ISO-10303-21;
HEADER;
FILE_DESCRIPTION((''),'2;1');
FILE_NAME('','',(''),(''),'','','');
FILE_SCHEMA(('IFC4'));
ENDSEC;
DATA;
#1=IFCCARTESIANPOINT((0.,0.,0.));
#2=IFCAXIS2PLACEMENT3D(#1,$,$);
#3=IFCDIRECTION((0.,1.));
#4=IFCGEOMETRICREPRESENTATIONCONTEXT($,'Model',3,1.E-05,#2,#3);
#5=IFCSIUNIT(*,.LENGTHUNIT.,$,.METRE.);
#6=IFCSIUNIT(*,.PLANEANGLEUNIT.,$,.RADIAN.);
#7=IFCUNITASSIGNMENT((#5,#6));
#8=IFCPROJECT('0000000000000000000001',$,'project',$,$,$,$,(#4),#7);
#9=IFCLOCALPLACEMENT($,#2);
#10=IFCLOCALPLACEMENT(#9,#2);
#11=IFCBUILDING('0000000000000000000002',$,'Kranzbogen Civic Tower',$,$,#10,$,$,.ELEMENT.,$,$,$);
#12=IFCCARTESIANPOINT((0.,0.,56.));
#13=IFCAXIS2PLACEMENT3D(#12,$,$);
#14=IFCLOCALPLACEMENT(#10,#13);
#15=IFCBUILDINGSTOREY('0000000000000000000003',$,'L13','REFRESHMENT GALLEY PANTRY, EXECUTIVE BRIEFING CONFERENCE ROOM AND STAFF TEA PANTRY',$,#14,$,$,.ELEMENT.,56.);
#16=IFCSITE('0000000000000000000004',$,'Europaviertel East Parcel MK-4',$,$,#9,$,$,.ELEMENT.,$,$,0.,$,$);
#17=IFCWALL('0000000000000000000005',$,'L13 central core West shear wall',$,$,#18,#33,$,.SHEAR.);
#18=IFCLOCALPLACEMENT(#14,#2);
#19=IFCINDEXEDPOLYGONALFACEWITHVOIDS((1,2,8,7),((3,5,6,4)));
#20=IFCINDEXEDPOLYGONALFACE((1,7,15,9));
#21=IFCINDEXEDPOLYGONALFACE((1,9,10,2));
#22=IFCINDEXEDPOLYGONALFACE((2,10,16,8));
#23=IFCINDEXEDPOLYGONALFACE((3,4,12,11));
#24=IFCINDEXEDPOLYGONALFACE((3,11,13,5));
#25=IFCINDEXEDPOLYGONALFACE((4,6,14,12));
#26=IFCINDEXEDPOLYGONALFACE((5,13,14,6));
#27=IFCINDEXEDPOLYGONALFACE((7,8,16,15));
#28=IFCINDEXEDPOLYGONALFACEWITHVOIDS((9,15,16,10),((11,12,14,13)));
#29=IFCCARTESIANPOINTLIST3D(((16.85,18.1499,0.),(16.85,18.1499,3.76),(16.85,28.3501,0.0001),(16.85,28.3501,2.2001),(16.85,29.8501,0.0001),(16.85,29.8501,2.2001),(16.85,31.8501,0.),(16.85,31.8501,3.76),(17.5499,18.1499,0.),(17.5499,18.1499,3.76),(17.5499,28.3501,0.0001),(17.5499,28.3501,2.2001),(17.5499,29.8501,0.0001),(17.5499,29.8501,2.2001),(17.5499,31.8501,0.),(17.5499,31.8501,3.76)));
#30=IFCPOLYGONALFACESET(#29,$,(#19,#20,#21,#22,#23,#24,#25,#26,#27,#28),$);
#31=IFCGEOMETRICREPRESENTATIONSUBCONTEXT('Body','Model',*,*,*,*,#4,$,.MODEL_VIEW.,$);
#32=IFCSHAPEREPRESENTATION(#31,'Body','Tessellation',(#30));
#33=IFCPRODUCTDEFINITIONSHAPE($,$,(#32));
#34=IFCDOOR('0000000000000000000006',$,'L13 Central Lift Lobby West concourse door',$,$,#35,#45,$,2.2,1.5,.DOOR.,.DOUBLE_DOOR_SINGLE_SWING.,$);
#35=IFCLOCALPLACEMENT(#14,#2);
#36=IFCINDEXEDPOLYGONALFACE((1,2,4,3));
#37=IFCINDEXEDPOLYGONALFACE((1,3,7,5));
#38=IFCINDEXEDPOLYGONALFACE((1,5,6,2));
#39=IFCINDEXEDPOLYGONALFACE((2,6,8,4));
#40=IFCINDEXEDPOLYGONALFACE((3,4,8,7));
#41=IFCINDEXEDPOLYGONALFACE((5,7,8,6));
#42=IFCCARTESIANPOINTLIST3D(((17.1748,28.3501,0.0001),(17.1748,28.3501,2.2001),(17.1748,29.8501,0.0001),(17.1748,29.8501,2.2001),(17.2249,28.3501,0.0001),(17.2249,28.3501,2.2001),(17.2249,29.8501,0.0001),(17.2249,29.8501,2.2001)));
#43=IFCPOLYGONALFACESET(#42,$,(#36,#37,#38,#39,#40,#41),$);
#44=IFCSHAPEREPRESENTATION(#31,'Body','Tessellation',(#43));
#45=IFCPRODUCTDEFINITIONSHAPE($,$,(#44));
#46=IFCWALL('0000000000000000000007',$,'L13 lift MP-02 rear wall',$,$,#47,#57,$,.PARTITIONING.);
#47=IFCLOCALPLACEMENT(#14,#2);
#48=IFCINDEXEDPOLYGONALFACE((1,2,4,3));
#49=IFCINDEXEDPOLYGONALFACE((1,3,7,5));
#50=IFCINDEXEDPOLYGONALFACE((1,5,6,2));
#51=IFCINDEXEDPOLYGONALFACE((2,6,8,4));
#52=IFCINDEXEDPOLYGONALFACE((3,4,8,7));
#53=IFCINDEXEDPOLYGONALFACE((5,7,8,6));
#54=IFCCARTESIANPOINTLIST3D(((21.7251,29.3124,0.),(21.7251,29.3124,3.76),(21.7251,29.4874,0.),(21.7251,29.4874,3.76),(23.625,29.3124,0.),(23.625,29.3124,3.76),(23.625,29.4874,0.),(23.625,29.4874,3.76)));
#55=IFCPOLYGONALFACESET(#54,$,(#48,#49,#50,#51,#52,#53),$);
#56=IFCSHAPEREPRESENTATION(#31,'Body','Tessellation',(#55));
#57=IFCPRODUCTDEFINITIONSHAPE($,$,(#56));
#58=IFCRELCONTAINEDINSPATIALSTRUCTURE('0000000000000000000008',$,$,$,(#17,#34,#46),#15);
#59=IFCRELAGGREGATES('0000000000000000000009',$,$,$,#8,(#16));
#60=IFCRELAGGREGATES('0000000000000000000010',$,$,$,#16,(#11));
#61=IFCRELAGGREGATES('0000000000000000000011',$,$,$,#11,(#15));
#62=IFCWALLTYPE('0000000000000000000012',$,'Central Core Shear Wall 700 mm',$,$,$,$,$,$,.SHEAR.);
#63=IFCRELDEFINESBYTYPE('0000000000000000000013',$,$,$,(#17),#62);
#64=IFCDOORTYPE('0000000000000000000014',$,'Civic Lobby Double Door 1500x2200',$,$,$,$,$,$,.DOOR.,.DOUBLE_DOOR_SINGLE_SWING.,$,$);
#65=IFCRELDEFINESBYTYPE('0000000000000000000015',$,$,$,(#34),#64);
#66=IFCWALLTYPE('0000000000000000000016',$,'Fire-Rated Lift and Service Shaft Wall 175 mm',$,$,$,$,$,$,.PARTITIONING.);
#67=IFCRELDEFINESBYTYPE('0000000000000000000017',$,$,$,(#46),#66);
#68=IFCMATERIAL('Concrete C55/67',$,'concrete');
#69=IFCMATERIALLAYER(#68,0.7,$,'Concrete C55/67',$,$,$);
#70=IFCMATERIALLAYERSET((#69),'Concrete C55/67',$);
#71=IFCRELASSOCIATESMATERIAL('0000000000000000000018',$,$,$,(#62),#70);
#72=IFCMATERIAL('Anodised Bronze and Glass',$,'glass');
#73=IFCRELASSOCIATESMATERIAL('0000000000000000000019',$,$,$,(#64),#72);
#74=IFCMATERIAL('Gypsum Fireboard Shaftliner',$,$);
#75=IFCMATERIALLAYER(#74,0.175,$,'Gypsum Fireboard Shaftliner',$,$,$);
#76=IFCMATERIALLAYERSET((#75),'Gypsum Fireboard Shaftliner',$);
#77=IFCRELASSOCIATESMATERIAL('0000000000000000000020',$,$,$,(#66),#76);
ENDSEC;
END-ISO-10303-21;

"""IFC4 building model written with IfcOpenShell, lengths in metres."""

from ifc_helpers import new_model, si_unit, direction, frame, frame_2d, origin, place, context, subcontext, project, spatial, rectangle, extrude, material, layer, layer_set, type_object, element, fill, save


model = new_model("IFC4")

# Units and contexts
model_context = context("Model", 3, precision=1e-05, world=origin(), true_north=direction((0.0, 1.0)))
body_context = subcontext(model_context, "Body", "Model", "MODEL_VIEW")
ifc_project = project(units=[si_unit("LENGTHUNIT", "METRE"), si_unit("PLANEANGLEUNIT", "RADIAN")], contexts=[model_context])

# Site, building, storey
site_placement = place(None, origin())
site = spatial("IfcSite", under=ifc_project, at=site_placement, Name="Europaviertel East Parcel MK-4", CompositionType="ELEMENT", RefElevation=0.0)
building_placement = place(site_placement, origin())
building = spatial("IfcBuilding", under=site, at=building_placement, Name="Kranzbogen Civic Tower", CompositionType="ELEMENT")
storey_placement = place(building_placement, frame((0.0, 0.0, 56.0)))
storey = spatial("IfcBuildingStorey", under=building, at=storey_placement, Name="L13", Description="REFRESHMENT GALLEY PANTRY, EXECUTIVE BRIEFING CONFERENCE ROOM AND STAFF TEA PANTRY", CompositionType="ELEMENT", Elevation=56.0)

# Wall, opening, door
ifc_material_1 = material(Name="Concrete C55/67", Category="concrete")
ifc_layer_1 = layer(ifc_material_1, 0.7, Name="Concrete C55/67")
ifc_layer_set_1 = layer_set([ifc_layer_1], Name="Concrete C55/67")
wall_type_1 = type_object("IfcWallType", Name="Central Core Shear Wall 700 mm", PredefinedType="SHEAR", material=ifc_layer_set_1)
wall_1_placement = place(storey_placement, frame((17.2, 31.8501, 0.0), z_axis=(0.0, 0.0, 1.0), x_axis=(0.0, -1.0, 0.0)))
wall_1 = element("IfcWall", 1, at=wall_1_placement, inside=storey, type_object=wall_type_1, Name="L13 central core West shear wall", PredefinedType="SHEAR", context=body_context, shape_type="SweptSolid", body=[
    extrude(rectangle(XDim=13.7002, YDim=0.7, at=frame_2d((6.8501, 0.0))), origin(), (0.0, 0.0, 1.0), 3.76),
])
opening_1_placement = place(wall_1_placement, frame((2.0, 0.0, 0.0)))
opening_1 = element("IfcOpeningElement", 2, at=opening_1_placement, cuts=wall_1, PredefinedType="OPENING", context=body_context, shape_type="SweptSolid", body=[
    extrude(rectangle(XDim=1.5, YDim=2.2, at=frame_2d((0.75, 1.1001))), frame((0.0, 0.3599, 0.0), z_axis=(0.0, -1.0, 0.0), x_axis=(1.0, 0.0, 0.0)), (0.0, 0.0, 1.0), 0.72),
])
ifc_material_2 = material(Name="Anodised Bronze and Glass", Category="glass")
door_type_1 = type_object("IfcDoorType", Name="Civic Lobby Double Door 1500x2200", OperationType="DOUBLE_DOOR_SINGLE_SWING", PredefinedType="DOOR", material=ifc_material_2)
door_1_placement = place(opening_1_placement, origin())
door_1 = element("IfcDoor", 3, at=door_1_placement, inside=storey, type_object=door_type_1, Name="L13 Central Lift Lobby West concourse door", OperationType="DOUBLE_DOOR_SINGLE_SWING", OverallHeight=2.2, OverallWidth=1.5, PredefinedType="DOOR", context=body_context, shape_type="SweptSolid", body=[
    extrude(rectangle(XDim=1.5, YDim=2.2, at=frame_2d((0.75, 1.1001))), frame((0.0, 0.0249, 0.0), z_axis=(0.0, -1.0, 0.0), x_axis=(1.0, 0.0, 0.0)), (0.0, 0.0, 1.0), 0.05),
])
fill(opening_1, door_1)

# Wall
ifc_material_3 = material(Name="Gypsum Fireboard Shaftliner")
ifc_layer_2 = layer(ifc_material_3, 0.175, Name="Gypsum Fireboard Shaftliner")
ifc_layer_set_2 = layer_set([ifc_layer_2], Name="Gypsum Fireboard Shaftliner")
wall_type_2 = type_object("IfcWallType", Name="Fire-Rated Lift and Service Shaft Wall 175 mm", PredefinedType="PARTITIONING", material=ifc_layer_set_2)
wall_2_placement = place(storey_placement, frame((21.7251, 29.3999, 0.0), z_axis=(0.0, 0.0, 1.0), x_axis=(1.0, 0.0, 0.0)))
element("IfcWall", 4, at=wall_2_placement, inside=storey, type_object=wall_type_2, Name="L13 lift MP-02 rear wall", PredefinedType="PARTITIONING", context=body_context, shape_type="SweptSolid", body=[
    extrude(rectangle(XDim=1.8999, YDim=0.175, at=frame_2d((0.95, 0.0))), origin(), (0.0, 0.0, 1.0), 3.76),
])

save(model, "model.ifc")
